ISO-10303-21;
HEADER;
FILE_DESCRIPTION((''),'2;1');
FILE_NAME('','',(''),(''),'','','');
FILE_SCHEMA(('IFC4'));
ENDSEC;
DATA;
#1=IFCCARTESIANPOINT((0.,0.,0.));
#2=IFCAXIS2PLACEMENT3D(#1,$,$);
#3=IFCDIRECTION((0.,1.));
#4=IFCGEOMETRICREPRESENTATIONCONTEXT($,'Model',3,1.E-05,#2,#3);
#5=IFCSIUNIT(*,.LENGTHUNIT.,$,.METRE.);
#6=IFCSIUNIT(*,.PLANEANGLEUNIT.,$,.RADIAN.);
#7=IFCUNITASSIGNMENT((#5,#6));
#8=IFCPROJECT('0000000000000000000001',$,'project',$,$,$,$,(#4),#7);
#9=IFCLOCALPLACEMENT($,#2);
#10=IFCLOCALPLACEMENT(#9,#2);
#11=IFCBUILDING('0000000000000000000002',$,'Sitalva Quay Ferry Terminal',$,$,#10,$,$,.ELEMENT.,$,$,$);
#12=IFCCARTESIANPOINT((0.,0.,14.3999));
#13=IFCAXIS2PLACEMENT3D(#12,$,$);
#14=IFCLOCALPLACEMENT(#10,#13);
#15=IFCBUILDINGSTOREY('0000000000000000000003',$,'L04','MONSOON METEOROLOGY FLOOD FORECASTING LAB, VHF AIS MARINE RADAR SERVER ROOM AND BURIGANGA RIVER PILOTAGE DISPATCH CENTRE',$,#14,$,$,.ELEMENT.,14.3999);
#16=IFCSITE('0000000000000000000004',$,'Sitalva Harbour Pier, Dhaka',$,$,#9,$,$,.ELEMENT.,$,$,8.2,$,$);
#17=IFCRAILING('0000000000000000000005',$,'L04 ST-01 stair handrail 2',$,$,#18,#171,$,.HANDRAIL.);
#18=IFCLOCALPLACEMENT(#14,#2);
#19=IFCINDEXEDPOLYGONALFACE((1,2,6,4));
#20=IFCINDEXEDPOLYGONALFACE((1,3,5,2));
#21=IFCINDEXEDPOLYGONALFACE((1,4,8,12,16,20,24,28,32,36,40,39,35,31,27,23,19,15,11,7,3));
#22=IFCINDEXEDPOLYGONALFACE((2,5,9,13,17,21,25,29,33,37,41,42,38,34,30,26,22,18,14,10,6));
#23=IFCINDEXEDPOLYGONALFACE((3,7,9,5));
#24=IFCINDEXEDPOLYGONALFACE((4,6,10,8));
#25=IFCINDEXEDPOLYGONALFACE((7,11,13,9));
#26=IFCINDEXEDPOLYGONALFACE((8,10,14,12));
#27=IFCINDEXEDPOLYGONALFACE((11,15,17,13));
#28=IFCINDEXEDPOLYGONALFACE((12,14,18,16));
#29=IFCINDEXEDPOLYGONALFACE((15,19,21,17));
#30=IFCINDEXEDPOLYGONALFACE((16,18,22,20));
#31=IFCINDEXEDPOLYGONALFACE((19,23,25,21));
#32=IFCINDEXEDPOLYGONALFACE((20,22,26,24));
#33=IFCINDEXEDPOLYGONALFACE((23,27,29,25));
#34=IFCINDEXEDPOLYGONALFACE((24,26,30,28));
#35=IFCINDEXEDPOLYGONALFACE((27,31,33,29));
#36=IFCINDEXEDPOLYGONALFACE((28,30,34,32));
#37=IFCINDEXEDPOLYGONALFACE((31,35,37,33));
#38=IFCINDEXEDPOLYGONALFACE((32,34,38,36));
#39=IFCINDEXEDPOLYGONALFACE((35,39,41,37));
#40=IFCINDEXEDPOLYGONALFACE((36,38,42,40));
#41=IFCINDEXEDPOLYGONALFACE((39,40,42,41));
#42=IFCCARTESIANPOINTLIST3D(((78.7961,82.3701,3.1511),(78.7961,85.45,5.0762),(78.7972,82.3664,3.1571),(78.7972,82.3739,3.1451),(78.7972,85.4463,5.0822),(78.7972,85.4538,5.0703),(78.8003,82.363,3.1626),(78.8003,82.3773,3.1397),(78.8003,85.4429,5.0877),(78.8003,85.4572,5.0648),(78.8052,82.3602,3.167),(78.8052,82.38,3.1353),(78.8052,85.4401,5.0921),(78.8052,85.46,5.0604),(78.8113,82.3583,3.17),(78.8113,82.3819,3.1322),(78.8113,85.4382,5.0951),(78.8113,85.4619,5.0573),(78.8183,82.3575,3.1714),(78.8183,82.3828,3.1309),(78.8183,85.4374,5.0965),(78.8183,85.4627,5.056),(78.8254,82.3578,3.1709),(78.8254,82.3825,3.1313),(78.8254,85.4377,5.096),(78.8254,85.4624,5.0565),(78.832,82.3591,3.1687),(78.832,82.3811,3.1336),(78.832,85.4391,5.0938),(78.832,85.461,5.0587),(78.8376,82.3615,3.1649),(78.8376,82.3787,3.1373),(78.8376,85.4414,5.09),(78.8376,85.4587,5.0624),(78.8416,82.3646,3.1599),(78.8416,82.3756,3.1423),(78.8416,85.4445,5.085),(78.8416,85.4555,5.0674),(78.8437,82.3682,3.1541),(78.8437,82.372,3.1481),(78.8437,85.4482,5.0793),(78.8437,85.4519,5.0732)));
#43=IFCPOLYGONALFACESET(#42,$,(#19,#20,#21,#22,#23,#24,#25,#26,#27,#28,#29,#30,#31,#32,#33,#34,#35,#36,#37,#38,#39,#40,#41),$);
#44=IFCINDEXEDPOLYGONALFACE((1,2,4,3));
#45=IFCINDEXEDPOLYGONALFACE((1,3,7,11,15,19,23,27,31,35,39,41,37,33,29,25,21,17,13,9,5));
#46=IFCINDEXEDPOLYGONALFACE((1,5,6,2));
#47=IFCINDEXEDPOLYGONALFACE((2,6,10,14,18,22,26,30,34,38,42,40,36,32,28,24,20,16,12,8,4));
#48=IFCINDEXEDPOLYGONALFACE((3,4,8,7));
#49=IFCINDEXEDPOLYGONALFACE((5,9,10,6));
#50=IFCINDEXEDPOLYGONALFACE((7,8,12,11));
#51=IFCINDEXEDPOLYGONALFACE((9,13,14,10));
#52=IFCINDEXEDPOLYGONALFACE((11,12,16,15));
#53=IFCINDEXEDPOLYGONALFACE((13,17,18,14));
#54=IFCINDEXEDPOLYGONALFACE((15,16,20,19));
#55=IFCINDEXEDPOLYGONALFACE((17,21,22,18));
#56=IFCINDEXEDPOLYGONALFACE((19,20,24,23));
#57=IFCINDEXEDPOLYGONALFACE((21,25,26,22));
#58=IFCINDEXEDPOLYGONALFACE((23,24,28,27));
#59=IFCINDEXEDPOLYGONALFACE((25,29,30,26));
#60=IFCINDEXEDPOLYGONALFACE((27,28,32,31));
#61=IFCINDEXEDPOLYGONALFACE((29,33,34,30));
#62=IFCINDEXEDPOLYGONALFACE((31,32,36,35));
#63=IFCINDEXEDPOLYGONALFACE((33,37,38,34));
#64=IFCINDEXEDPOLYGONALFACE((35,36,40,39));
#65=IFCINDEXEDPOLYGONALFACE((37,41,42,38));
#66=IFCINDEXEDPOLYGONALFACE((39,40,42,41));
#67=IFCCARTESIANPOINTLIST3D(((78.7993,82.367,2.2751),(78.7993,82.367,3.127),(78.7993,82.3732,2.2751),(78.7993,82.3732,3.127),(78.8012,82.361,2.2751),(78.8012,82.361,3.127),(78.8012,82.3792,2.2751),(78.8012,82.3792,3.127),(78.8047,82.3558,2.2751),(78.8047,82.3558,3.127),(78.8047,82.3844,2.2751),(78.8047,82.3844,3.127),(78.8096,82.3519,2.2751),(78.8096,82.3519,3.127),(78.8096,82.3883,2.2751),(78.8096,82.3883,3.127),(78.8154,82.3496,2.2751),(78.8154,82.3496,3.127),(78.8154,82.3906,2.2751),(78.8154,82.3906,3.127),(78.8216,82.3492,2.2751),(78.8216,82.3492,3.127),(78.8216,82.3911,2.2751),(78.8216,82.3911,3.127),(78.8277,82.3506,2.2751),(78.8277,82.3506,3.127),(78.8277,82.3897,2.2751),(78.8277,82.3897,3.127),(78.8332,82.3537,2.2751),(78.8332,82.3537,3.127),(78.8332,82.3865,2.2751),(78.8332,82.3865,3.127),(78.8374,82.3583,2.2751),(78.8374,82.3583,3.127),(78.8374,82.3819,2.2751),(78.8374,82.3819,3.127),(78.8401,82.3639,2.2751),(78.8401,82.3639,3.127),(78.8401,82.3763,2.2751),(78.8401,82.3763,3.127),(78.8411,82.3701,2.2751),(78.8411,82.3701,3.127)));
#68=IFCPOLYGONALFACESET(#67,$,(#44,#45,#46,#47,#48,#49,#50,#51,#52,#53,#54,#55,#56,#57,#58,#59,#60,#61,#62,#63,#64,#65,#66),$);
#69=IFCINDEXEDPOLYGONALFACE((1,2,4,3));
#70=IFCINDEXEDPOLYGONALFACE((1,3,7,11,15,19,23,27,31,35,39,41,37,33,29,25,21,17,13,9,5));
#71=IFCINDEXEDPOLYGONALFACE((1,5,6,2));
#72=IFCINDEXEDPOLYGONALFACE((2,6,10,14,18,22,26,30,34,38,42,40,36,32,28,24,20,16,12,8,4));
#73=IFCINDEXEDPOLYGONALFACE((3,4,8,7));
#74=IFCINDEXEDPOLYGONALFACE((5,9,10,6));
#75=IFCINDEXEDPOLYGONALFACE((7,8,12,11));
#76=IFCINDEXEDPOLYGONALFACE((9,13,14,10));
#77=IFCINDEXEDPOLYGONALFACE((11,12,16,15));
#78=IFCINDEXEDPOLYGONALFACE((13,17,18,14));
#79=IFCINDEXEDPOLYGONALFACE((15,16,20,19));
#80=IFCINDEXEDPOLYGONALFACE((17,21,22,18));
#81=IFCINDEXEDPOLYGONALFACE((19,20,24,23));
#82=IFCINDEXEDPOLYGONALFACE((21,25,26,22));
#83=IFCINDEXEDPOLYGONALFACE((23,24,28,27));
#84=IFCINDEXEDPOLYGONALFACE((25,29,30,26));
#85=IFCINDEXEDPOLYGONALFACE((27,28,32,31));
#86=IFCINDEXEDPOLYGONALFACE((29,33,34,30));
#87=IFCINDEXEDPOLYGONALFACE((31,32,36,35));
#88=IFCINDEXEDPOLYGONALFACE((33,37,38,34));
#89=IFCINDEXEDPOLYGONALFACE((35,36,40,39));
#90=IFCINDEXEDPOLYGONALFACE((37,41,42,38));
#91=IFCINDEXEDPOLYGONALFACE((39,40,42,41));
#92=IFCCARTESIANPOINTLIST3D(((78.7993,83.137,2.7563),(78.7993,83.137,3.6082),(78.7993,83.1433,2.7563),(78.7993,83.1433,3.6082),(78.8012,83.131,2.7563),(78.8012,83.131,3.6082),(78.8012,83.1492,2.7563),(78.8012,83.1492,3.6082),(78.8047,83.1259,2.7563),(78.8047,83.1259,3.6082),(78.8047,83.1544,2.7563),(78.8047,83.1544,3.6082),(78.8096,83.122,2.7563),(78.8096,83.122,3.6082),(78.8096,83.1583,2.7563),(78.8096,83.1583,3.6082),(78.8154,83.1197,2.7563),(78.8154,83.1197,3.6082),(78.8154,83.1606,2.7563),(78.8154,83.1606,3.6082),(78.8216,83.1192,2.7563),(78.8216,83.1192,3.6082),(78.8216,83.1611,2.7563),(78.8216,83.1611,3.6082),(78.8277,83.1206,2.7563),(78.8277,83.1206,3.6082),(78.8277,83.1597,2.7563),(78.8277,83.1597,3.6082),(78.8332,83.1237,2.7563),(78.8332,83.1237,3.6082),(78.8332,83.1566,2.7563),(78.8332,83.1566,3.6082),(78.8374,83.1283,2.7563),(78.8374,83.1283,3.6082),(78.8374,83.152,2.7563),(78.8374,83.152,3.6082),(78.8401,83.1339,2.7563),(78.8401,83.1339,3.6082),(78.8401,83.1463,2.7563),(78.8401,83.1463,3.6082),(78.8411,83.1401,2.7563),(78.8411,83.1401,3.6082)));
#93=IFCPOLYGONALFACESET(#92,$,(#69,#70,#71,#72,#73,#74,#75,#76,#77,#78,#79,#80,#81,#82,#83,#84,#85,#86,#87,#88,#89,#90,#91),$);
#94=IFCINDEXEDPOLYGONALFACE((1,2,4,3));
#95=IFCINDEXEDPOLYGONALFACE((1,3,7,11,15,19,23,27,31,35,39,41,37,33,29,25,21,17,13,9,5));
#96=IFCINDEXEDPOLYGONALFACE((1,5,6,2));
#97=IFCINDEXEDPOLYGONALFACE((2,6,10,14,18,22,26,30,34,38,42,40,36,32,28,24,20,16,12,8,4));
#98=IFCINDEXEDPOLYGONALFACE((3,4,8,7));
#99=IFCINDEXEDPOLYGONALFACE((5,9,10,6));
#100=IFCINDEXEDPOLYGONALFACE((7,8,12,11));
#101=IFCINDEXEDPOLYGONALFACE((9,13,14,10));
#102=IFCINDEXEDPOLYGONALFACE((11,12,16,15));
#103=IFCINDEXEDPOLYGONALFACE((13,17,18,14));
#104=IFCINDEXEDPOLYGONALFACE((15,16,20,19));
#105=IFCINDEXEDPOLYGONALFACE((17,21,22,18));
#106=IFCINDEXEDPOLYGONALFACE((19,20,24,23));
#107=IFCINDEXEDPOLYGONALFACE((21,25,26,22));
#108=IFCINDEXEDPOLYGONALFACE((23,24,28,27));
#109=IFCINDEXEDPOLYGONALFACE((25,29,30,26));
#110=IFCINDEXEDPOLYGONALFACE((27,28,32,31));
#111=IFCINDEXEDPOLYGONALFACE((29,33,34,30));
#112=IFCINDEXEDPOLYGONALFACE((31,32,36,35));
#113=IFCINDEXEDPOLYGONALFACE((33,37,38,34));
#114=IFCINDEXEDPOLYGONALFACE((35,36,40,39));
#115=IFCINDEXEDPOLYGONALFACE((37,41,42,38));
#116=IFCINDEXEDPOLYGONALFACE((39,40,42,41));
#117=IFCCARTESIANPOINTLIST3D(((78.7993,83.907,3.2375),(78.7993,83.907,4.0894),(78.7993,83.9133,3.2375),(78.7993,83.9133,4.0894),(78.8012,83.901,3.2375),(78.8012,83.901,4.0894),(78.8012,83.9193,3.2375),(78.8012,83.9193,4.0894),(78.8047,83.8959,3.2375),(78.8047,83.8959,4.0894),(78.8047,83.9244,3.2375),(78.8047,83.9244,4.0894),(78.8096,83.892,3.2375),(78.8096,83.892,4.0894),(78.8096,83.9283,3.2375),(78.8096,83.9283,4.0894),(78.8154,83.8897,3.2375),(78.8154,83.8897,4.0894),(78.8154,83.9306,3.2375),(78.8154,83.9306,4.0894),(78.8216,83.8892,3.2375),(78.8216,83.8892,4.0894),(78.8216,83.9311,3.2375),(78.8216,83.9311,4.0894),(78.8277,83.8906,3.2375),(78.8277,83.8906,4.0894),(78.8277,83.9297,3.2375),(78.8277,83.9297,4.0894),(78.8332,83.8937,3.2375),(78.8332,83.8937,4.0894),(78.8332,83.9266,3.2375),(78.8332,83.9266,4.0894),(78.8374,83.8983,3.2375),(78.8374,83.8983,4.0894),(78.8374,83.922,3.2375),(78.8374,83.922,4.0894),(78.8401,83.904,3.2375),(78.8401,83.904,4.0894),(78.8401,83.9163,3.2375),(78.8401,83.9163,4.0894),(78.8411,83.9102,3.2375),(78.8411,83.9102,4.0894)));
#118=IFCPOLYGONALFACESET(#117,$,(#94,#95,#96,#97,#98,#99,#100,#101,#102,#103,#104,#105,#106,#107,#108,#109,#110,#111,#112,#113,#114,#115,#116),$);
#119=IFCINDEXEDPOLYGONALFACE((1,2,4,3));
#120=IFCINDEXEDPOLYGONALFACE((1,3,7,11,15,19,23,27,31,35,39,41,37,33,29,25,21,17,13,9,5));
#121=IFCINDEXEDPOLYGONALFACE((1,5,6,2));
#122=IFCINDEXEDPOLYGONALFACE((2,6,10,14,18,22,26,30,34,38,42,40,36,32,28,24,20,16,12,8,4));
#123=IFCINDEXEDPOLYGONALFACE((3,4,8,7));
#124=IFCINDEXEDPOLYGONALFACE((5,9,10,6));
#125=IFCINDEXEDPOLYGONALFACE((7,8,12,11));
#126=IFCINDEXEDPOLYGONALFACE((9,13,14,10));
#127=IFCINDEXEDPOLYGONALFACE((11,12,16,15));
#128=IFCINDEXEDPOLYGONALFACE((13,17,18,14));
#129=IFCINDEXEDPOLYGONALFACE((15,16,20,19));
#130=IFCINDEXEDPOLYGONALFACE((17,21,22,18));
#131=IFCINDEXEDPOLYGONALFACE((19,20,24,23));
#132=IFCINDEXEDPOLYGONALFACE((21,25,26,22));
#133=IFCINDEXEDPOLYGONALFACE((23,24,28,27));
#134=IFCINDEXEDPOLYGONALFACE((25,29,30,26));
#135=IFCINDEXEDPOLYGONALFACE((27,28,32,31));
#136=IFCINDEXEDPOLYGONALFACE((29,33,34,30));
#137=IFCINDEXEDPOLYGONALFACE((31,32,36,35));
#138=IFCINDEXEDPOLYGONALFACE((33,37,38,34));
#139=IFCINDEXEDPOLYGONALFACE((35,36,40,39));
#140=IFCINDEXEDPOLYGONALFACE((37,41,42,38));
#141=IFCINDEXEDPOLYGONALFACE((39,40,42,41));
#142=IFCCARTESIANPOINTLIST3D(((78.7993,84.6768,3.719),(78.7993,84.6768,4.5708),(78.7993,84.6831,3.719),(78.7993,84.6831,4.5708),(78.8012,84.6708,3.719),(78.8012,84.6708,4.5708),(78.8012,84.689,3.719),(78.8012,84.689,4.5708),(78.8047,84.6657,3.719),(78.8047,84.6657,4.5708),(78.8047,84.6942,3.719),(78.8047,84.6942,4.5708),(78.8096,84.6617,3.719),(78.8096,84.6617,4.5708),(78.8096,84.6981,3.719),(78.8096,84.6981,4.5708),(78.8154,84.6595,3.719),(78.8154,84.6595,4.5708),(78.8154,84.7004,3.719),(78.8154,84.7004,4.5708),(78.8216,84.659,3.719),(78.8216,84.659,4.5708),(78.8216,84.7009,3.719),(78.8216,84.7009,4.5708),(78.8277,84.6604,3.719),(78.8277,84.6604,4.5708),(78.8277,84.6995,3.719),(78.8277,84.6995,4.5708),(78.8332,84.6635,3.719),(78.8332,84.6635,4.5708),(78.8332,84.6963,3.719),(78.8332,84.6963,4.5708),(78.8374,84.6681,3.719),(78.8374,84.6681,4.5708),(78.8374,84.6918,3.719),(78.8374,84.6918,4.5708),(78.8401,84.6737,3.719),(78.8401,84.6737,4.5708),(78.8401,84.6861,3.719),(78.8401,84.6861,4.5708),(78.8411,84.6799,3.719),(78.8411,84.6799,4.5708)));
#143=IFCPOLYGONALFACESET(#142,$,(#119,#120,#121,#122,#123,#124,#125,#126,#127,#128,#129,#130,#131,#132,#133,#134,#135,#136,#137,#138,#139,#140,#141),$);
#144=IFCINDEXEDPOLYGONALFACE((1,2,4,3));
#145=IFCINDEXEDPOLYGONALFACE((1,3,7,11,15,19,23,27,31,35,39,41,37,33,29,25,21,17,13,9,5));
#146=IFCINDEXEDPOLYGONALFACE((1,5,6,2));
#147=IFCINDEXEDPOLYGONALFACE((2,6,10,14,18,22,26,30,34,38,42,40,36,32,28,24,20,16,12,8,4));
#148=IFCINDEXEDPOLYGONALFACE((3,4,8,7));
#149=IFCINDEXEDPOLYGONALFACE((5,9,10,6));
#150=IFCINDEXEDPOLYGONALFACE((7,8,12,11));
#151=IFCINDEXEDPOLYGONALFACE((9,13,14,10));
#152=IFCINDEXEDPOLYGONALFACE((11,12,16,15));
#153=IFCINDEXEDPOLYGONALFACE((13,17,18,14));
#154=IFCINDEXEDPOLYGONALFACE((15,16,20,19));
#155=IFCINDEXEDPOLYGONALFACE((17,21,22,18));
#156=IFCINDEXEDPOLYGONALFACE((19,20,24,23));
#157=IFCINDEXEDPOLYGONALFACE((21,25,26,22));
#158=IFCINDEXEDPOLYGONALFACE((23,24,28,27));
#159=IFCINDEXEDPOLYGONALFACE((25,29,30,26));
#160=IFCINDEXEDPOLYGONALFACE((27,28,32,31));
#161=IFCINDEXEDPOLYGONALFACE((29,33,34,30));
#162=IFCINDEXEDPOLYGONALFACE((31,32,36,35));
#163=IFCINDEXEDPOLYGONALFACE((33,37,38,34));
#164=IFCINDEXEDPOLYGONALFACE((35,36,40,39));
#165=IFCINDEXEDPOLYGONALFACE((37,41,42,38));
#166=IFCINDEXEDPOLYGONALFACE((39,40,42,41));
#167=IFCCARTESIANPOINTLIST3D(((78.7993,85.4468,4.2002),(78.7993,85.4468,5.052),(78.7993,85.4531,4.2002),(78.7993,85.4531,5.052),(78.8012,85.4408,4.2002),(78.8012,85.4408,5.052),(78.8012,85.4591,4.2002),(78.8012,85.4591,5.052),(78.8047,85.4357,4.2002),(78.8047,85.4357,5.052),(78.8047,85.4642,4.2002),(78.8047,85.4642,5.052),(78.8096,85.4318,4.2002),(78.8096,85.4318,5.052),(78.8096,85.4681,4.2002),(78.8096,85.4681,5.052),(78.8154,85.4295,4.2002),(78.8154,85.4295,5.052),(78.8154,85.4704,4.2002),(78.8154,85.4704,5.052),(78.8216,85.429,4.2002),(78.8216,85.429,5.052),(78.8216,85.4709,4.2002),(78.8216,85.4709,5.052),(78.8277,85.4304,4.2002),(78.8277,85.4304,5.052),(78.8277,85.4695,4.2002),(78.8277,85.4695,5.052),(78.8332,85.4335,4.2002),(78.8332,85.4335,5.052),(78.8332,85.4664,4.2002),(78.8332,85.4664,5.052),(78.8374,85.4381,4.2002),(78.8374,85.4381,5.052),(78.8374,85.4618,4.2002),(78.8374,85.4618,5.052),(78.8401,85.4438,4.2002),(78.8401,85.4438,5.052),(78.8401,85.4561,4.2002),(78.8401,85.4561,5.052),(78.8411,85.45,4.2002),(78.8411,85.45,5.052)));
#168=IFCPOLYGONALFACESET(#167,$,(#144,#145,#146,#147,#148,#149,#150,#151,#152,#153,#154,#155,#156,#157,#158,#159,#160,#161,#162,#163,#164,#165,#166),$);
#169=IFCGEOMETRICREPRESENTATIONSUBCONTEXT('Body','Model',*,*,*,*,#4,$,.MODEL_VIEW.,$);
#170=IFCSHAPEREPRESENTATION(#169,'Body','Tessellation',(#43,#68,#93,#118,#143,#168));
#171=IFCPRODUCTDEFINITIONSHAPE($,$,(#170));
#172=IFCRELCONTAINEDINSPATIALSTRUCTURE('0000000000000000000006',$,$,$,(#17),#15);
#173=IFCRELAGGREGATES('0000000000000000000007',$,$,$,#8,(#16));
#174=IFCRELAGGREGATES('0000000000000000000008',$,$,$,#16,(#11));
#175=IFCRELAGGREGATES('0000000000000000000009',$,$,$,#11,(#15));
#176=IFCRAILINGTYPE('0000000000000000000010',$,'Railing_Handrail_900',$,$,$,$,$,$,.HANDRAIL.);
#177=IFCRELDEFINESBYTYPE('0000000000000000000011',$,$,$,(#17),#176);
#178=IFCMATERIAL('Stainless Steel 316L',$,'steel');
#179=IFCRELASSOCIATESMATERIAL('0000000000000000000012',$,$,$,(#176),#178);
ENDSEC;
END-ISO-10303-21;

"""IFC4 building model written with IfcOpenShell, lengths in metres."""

from ifc_helpers import new_model, si_unit, direction, frame, origin, origin_2d, place, context, subcontext, project, spatial, circle, extrude, material, type_object, element, save


model = new_model("IFC4")

# Units and contexts
model_context = context("Model", 3, precision=1e-05, world=origin(), true_north=direction((0.0, 1.0)))
body_context = subcontext(model_context, "Body", "Model", "MODEL_VIEW")
ifc_project = project(units=[si_unit("LENGTHUNIT", "METRE"), si_unit("PLANEANGLEUNIT", "RADIAN")], contexts=[model_context])

# Site, building, storey
site_placement = place(None, origin())
site = spatial("IfcSite", under=ifc_project, at=site_placement, Name="Sitalva Harbour Pier, Dhaka", CompositionType="ELEMENT", RefElevation=8.2)
building_placement = place(site_placement, origin())
building = spatial("IfcBuilding", under=site, at=building_placement, Name="Sitalva Quay Ferry Terminal", CompositionType="ELEMENT")
storey_placement = place(building_placement, frame((0.0, 0.0, 14.3999)))
storey = spatial("IfcBuildingStorey", under=building, at=storey_placement, Name="L04", Description="MONSOON METEOROLOGY FLOOD FORECASTING LAB, VHF AIS MARINE RADAR SERVER ROOM AND BURIGANGA RIVER PILOTAGE DISPATCH CENTRE", CompositionType="ELEMENT", Elevation=14.3999)

# Railing
ifc_material_1 = material(Name="Stainless Steel 316L", Category="steel")
railing_type_1 = type_object("IfcRailingType", Name="Railing_Handrail_900", PredefinedType="HANDRAIL", material=ifc_material_1)
railing_1_placement = place(storey_placement, frame((78.8201, 82.3701, 2.2751)))
element("IfcRailing", 1, at=railing_1_placement, inside=storey, type_object=railing_type_1, Name="L04 ST-01 stair handrail 2", PredefinedType="HANDRAIL", context=body_context, shape_type="SweptSolid", body=[
    extrude(circle(Radius=0.0239, at=origin_2d()), frame((0.0, 0.0, 0.876), z_axis=(0.0, 0.847979, 0.530029), x_axis=(-1.0, 0.0, 0.0)), (0.0, 0.0, 1.0), 3.6321),
    extrude(circle(Radius=0.021, at=origin_2d()), origin(), (0.0, 0.0, 1.0), 0.8518),
    extrude(circle(Radius=0.021, at=origin_2d()), frame((0.0, 0.77, 0.4812)), (0.0, 0.0, 1.0), 0.8518),
    extrude(circle(Radius=0.021, at=origin_2d()), frame((0.0, 1.54, 0.9624)), (0.0, 0.0, 1.0), 0.8518),
    extrude(circle(Radius=0.021, at=origin_2d()), frame((0.0, 2.3098, 1.4438)), (0.0, 0.0, 1.0), 0.8518),
    extrude(circle(Radius=0.021, at=origin_2d()), frame((0.0, 3.0798, 1.925)), (0.0, 0.0, 1.0), 0.8518),
])

save(model, "model.ifc")
